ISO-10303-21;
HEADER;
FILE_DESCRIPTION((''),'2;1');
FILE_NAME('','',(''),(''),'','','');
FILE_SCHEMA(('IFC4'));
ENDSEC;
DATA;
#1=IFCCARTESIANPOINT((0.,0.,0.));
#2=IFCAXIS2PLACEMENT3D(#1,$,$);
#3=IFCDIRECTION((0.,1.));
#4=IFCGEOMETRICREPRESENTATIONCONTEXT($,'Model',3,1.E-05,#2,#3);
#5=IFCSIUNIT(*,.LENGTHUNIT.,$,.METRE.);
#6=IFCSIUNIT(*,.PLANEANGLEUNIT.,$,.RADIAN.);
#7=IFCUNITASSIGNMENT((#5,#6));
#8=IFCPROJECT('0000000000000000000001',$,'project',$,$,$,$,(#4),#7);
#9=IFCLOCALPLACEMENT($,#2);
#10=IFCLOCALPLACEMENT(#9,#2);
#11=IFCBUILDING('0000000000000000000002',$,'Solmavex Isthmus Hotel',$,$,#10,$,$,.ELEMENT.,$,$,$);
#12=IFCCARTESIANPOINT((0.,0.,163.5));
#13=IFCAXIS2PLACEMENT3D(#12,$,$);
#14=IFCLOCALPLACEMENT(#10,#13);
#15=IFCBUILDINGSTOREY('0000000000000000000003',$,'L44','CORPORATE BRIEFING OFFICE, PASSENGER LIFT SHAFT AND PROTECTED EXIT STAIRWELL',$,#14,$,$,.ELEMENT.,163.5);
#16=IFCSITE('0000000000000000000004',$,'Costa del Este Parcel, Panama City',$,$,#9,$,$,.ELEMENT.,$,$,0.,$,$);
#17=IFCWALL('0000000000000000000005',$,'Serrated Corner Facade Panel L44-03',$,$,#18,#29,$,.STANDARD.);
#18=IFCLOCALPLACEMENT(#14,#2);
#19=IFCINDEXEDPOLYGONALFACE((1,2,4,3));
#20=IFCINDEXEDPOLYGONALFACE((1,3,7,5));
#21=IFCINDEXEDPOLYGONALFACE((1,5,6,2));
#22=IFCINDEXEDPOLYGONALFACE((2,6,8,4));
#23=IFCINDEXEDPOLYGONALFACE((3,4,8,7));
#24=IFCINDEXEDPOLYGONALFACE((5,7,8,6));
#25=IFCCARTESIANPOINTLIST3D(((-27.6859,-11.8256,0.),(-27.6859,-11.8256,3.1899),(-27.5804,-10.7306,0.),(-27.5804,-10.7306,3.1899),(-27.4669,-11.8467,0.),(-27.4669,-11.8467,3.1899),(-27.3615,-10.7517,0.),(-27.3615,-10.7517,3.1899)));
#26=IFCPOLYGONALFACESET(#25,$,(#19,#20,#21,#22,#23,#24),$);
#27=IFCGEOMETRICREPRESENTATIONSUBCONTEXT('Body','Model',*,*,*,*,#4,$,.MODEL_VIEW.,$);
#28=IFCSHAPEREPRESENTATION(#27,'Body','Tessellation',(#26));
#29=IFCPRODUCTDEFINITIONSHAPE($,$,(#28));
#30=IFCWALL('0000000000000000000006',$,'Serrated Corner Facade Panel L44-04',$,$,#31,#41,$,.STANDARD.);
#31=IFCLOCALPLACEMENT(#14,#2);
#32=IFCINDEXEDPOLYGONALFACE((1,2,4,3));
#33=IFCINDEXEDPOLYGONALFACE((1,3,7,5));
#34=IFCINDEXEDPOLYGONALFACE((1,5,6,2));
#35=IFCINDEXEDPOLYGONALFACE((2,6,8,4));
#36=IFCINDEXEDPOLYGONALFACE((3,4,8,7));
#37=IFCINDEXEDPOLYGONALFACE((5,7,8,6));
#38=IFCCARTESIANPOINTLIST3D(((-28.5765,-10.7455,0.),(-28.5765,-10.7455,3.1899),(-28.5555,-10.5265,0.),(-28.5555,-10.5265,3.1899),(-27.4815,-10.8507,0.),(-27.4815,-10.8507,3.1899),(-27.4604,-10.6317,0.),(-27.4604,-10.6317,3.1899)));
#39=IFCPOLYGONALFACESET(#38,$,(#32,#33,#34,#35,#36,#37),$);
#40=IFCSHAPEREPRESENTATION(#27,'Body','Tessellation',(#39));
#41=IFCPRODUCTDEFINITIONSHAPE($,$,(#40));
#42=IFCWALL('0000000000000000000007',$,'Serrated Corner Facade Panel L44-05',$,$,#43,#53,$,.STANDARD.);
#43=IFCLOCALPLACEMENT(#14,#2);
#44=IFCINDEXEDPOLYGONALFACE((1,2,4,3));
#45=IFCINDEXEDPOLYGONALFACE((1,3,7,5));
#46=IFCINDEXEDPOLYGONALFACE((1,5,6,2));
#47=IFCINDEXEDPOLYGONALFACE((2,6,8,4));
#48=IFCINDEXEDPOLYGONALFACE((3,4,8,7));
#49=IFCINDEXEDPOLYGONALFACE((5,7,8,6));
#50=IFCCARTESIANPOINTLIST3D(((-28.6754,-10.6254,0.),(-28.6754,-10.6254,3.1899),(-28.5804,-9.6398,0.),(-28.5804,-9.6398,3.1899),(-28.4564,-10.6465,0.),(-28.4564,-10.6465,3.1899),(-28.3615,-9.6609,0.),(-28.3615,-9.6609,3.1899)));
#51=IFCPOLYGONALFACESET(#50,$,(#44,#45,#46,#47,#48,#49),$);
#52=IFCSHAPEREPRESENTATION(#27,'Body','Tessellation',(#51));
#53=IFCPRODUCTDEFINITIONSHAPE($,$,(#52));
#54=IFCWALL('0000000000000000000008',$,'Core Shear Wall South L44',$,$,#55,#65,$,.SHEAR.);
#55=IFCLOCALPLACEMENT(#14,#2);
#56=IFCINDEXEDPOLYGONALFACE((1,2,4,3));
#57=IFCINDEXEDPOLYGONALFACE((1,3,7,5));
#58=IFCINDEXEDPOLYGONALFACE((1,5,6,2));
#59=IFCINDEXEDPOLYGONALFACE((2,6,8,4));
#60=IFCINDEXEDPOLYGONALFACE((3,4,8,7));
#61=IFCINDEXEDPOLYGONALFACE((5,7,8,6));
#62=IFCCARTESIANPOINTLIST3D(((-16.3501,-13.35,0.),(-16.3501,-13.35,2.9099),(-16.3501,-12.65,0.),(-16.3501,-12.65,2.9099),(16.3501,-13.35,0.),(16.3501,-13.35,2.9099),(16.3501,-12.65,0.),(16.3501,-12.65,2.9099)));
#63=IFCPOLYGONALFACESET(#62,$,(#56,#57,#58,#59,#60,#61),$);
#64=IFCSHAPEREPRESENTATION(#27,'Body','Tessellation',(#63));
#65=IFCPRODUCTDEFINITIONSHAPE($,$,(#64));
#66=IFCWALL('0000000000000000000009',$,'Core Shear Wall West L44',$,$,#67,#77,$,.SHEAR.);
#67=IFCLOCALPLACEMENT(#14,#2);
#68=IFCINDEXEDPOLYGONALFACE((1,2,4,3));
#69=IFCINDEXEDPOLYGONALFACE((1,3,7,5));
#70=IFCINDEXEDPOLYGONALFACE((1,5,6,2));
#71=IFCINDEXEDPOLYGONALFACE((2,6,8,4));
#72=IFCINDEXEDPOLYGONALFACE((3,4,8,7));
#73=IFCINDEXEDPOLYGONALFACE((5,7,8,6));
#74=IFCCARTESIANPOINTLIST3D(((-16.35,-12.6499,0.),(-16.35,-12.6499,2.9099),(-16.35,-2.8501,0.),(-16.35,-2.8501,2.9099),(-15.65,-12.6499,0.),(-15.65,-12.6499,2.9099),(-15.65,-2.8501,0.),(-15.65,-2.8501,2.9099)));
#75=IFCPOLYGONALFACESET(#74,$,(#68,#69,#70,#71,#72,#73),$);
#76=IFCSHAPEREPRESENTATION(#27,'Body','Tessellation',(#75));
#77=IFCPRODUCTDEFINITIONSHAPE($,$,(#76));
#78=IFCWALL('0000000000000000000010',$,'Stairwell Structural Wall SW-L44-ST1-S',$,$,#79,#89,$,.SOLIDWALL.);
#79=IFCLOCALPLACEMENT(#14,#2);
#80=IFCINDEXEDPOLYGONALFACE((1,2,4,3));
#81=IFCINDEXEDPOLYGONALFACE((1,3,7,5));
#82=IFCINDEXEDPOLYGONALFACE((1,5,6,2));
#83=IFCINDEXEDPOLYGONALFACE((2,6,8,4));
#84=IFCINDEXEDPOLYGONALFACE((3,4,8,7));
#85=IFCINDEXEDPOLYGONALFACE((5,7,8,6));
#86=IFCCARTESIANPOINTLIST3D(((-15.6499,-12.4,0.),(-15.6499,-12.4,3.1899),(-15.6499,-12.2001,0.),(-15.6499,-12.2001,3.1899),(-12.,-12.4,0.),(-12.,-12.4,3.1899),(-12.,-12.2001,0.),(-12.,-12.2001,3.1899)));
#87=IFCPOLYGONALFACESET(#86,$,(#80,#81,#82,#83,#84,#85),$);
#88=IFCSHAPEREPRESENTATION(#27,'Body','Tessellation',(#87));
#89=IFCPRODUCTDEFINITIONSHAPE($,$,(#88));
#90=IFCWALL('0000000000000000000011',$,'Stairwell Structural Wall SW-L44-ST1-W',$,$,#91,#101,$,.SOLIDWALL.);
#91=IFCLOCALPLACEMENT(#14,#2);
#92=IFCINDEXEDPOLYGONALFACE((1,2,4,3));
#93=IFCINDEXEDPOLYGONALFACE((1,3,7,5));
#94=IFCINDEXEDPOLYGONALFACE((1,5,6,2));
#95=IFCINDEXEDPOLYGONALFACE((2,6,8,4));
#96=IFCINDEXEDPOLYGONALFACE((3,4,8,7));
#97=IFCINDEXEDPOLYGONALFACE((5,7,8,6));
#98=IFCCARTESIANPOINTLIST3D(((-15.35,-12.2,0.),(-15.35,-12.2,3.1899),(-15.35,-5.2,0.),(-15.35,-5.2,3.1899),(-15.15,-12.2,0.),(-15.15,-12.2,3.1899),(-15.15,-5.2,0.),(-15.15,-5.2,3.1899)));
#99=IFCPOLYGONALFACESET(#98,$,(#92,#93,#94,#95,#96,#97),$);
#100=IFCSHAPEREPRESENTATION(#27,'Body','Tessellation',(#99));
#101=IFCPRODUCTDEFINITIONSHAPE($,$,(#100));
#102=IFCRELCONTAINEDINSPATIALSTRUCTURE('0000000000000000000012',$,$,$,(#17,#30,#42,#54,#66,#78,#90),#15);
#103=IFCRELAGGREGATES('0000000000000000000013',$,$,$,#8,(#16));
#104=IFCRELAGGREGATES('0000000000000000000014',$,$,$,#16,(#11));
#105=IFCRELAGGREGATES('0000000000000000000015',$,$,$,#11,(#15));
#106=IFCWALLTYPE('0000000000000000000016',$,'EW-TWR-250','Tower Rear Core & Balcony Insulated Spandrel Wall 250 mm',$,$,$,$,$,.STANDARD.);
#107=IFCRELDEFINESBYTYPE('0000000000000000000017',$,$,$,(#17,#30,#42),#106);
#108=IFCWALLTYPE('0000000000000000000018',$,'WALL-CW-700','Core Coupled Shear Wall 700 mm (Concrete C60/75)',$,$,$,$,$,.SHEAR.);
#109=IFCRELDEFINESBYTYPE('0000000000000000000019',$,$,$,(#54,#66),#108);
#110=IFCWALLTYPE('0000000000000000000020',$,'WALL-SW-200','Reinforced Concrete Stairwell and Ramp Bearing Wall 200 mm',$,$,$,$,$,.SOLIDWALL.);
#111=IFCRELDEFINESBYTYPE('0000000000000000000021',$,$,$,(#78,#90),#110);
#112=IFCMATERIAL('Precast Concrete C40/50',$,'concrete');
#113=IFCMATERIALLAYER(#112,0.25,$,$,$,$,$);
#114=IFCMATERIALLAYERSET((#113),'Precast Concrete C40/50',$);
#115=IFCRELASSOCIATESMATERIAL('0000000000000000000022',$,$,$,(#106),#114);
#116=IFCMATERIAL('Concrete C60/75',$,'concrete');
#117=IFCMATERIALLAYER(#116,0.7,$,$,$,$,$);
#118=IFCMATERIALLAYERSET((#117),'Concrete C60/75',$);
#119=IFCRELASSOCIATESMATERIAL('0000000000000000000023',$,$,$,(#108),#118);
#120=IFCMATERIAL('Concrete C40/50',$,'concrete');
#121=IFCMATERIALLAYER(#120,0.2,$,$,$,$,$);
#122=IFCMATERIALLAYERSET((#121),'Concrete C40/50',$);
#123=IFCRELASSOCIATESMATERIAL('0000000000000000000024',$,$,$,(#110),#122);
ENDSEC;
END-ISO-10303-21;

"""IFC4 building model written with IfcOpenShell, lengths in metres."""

from ifc_helpers import new_model, si_unit, direction, frame, frame_2d, origin, place, context, subcontext, project, spatial, rectangle, extrude, material, layer, layer_set, type_object, element, save


model = new_model("IFC4")

# Units and contexts
model_context = context("Model", 3, precision=1e-05, world=origin(), true_north=direction((0.0, 1.0)))
body_context = subcontext(model_context, "Body", "Model", "MODEL_VIEW")
ifc_project = project(units=[si_unit("LENGTHUNIT", "METRE"), si_unit("PLANEANGLEUNIT", "RADIAN")], contexts=[model_context])

# Site, building, storey
site_placement = place(None, origin())
site = spatial("IfcSite", under=ifc_project, at=site_placement, Name="Costa del Este Parcel, Panama City", CompositionType="ELEMENT", RefElevation=0.0)
building_placement = place(site_placement, origin())
building = spatial("IfcBuilding", under=site, at=building_placement, Name="Solmavex Isthmus Hotel", CompositionType="ELEMENT")
storey_placement = place(building_placement, frame((0.0, 0.0, 163.5)))
storey = spatial("IfcBuildingStorey", under=building, at=storey_placement, Name="L44", Description="CORPORATE BRIEFING OFFICE, PASSENGER LIFT SHAFT AND PROTECTED EXIT STAIRWELL", CompositionType="ELEMENT", Elevation=163.5)

# Shared definitions
ifc_material_1 = material(Name="Concrete C60/75", Category="concrete")

# Shared definitions
ifc_material_2 = material(Name="Precast Concrete C40/50", Category="concrete")
ifc_layer_1 = layer(ifc_material_2, 0.25)
ifc_layer_set_1 = layer_set([ifc_layer_1], Name="Precast Concrete C40/50")
wall_type_1 = type_object("IfcWallType", Name="EW-TWR-250", Description="Tower Rear Core & Balcony Insulated Spandrel Wall 250 mm", PredefinedType="STANDARD", material=ifc_layer_set_1)

# Walls
for number, where, z_axis, x_axis, name in (
    (1, (-27.5764, -11.8362, 0.0), (0.0, 0.0, 1.0), (0.095877, 0.995393, 0.0), "Serrated Corner Facade Panel L44-03"),
    (2, (-27.4709, -10.7412, 0.0), (0.0, 0.0, 1.0), (-0.995414, 0.095657, 0.0), "Serrated Corner Facade Panel L44-04"),
):
    element("IfcWall", number, at=place(storey_placement, frame(where, z_axis=z_axis, x_axis=x_axis)), inside=storey, type_object=wall_type_1, Name=name, PredefinedType="STANDARD", context=body_context, shape_type="SweptSolid", body=[
        extrude(rectangle(XDim=1.1001, YDim=0.22, at=frame_2d((0.55, 0.0))), origin(), (0.0, 0.0, 1.0), 3.1899),
    ])
wall_1_placement = place(storey_placement, frame((-28.5659, -10.636, 0.0), z_axis=(0.0, 0.0, 1.0), x_axis=(0.095914, 0.99539, 0.0)))
element("IfcWall", 3, at=wall_1_placement, inside=storey, type_object=wall_type_1, Name="Serrated Corner Facade Panel L44-05", PredefinedType="STANDARD", context=body_context, shape_type="SweptSolid", body=[
    extrude(rectangle(XDim=0.9902, YDim=0.22, at=frame_2d((0.4951, 0.0))), origin(), (0.0, 0.0, 1.0), 3.1899),
])
ifc_layer_2 = layer(ifc_material_1, 0.7)
ifc_layer_set_2 = layer_set([ifc_layer_2], Name="Concrete C60/75")
wall_type_2 = type_object("IfcWallType", Name="WALL-CW-700", Description="Core Coupled Shear Wall 700 mm (Concrete C60/75)", PredefinedType="SHEAR", material=ifc_layer_set_2)
wall_2_placement = place(storey_placement, frame((-16.3501, -13.0, 0.0), z_axis=(0.0, 0.0, 1.0), x_axis=(1.0, 0.0, 0.0)))
element("IfcWall", 4, at=wall_2_placement, inside=storey, type_object=wall_type_2, Name="Core Shear Wall South L44", PredefinedType="SHEAR", context=body_context, shape_type="SweptSolid", body=[
    extrude(rectangle(XDim=32.7002, YDim=0.7, at=frame_2d((16.3501, 0.0))), origin(), (0.0, 0.0, 1.0), 2.9099),
])
wall_3_placement = place(storey_placement, frame((-16.0, -12.6499, 0.0), z_axis=(0.0, 0.0, 1.0), x_axis=(0.0, 1.0, 0.0)))
element("IfcWall", 5, at=wall_3_placement, inside=storey, type_object=wall_type_2, Name="Core Shear Wall West L44", PredefinedType="SHEAR", context=body_context, shape_type="SweptSolid", body=[
    extrude(rectangle(XDim=9.7998, YDim=0.7, at=frame_2d((4.8999, 0.0))), origin(), (0.0, 0.0, 1.0), 2.9099),
])
ifc_material_3 = material(Name="Concrete C40/50", Category="concrete")
ifc_layer_3 = layer(ifc_material_3, 0.2)
ifc_layer_set_3 = layer_set([ifc_layer_3], Name="Concrete C40/50")
wall_type_3 = type_object("IfcWallType", Name="WALL-SW-200", Description="Reinforced Concrete Stairwell and Ramp Bearing Wall 200 mm", PredefinedType="SOLIDWALL", material=ifc_layer_set_3)
wall_4_placement = place(storey_placement, frame((-15.6499, -12.3, 0.0), z_axis=(0.0, 0.0, 1.0), x_axis=(1.0, 0.0, 0.0)))
element("IfcWall", 6, at=wall_4_placement, inside=storey, type_object=wall_type_3, Name="Stairwell Structural Wall SW-L44-ST1-S", PredefinedType="SOLIDWALL", context=body_context, shape_type="SweptSolid", body=[
    extrude(rectangle(XDim=3.6499, YDim=0.2, at=frame_2d((1.825, 0.0))), origin(), (0.0, 0.0, 1.0), 3.1899),
])
wall_5_placement = place(storey_placement, frame((-15.25, -12.2, 0.0), z_axis=(0.0, 0.0, 1.0), x_axis=(0.0, 1.0, 0.0)))
element("IfcWall", 7, at=wall_5_placement, inside=storey, type_object=wall_type_3, Name="Stairwell Structural Wall SW-L44-ST1-W", PredefinedType="SOLIDWALL", context=body_context, shape_type="SweptSolid", body=[
    extrude(rectangle(XDim=7.0, YDim=0.2, at=frame_2d((3.5, 0.0))), origin(), (0.0, 0.0, 1.0), 3.1899),
])

save(model, "model.ifc")
